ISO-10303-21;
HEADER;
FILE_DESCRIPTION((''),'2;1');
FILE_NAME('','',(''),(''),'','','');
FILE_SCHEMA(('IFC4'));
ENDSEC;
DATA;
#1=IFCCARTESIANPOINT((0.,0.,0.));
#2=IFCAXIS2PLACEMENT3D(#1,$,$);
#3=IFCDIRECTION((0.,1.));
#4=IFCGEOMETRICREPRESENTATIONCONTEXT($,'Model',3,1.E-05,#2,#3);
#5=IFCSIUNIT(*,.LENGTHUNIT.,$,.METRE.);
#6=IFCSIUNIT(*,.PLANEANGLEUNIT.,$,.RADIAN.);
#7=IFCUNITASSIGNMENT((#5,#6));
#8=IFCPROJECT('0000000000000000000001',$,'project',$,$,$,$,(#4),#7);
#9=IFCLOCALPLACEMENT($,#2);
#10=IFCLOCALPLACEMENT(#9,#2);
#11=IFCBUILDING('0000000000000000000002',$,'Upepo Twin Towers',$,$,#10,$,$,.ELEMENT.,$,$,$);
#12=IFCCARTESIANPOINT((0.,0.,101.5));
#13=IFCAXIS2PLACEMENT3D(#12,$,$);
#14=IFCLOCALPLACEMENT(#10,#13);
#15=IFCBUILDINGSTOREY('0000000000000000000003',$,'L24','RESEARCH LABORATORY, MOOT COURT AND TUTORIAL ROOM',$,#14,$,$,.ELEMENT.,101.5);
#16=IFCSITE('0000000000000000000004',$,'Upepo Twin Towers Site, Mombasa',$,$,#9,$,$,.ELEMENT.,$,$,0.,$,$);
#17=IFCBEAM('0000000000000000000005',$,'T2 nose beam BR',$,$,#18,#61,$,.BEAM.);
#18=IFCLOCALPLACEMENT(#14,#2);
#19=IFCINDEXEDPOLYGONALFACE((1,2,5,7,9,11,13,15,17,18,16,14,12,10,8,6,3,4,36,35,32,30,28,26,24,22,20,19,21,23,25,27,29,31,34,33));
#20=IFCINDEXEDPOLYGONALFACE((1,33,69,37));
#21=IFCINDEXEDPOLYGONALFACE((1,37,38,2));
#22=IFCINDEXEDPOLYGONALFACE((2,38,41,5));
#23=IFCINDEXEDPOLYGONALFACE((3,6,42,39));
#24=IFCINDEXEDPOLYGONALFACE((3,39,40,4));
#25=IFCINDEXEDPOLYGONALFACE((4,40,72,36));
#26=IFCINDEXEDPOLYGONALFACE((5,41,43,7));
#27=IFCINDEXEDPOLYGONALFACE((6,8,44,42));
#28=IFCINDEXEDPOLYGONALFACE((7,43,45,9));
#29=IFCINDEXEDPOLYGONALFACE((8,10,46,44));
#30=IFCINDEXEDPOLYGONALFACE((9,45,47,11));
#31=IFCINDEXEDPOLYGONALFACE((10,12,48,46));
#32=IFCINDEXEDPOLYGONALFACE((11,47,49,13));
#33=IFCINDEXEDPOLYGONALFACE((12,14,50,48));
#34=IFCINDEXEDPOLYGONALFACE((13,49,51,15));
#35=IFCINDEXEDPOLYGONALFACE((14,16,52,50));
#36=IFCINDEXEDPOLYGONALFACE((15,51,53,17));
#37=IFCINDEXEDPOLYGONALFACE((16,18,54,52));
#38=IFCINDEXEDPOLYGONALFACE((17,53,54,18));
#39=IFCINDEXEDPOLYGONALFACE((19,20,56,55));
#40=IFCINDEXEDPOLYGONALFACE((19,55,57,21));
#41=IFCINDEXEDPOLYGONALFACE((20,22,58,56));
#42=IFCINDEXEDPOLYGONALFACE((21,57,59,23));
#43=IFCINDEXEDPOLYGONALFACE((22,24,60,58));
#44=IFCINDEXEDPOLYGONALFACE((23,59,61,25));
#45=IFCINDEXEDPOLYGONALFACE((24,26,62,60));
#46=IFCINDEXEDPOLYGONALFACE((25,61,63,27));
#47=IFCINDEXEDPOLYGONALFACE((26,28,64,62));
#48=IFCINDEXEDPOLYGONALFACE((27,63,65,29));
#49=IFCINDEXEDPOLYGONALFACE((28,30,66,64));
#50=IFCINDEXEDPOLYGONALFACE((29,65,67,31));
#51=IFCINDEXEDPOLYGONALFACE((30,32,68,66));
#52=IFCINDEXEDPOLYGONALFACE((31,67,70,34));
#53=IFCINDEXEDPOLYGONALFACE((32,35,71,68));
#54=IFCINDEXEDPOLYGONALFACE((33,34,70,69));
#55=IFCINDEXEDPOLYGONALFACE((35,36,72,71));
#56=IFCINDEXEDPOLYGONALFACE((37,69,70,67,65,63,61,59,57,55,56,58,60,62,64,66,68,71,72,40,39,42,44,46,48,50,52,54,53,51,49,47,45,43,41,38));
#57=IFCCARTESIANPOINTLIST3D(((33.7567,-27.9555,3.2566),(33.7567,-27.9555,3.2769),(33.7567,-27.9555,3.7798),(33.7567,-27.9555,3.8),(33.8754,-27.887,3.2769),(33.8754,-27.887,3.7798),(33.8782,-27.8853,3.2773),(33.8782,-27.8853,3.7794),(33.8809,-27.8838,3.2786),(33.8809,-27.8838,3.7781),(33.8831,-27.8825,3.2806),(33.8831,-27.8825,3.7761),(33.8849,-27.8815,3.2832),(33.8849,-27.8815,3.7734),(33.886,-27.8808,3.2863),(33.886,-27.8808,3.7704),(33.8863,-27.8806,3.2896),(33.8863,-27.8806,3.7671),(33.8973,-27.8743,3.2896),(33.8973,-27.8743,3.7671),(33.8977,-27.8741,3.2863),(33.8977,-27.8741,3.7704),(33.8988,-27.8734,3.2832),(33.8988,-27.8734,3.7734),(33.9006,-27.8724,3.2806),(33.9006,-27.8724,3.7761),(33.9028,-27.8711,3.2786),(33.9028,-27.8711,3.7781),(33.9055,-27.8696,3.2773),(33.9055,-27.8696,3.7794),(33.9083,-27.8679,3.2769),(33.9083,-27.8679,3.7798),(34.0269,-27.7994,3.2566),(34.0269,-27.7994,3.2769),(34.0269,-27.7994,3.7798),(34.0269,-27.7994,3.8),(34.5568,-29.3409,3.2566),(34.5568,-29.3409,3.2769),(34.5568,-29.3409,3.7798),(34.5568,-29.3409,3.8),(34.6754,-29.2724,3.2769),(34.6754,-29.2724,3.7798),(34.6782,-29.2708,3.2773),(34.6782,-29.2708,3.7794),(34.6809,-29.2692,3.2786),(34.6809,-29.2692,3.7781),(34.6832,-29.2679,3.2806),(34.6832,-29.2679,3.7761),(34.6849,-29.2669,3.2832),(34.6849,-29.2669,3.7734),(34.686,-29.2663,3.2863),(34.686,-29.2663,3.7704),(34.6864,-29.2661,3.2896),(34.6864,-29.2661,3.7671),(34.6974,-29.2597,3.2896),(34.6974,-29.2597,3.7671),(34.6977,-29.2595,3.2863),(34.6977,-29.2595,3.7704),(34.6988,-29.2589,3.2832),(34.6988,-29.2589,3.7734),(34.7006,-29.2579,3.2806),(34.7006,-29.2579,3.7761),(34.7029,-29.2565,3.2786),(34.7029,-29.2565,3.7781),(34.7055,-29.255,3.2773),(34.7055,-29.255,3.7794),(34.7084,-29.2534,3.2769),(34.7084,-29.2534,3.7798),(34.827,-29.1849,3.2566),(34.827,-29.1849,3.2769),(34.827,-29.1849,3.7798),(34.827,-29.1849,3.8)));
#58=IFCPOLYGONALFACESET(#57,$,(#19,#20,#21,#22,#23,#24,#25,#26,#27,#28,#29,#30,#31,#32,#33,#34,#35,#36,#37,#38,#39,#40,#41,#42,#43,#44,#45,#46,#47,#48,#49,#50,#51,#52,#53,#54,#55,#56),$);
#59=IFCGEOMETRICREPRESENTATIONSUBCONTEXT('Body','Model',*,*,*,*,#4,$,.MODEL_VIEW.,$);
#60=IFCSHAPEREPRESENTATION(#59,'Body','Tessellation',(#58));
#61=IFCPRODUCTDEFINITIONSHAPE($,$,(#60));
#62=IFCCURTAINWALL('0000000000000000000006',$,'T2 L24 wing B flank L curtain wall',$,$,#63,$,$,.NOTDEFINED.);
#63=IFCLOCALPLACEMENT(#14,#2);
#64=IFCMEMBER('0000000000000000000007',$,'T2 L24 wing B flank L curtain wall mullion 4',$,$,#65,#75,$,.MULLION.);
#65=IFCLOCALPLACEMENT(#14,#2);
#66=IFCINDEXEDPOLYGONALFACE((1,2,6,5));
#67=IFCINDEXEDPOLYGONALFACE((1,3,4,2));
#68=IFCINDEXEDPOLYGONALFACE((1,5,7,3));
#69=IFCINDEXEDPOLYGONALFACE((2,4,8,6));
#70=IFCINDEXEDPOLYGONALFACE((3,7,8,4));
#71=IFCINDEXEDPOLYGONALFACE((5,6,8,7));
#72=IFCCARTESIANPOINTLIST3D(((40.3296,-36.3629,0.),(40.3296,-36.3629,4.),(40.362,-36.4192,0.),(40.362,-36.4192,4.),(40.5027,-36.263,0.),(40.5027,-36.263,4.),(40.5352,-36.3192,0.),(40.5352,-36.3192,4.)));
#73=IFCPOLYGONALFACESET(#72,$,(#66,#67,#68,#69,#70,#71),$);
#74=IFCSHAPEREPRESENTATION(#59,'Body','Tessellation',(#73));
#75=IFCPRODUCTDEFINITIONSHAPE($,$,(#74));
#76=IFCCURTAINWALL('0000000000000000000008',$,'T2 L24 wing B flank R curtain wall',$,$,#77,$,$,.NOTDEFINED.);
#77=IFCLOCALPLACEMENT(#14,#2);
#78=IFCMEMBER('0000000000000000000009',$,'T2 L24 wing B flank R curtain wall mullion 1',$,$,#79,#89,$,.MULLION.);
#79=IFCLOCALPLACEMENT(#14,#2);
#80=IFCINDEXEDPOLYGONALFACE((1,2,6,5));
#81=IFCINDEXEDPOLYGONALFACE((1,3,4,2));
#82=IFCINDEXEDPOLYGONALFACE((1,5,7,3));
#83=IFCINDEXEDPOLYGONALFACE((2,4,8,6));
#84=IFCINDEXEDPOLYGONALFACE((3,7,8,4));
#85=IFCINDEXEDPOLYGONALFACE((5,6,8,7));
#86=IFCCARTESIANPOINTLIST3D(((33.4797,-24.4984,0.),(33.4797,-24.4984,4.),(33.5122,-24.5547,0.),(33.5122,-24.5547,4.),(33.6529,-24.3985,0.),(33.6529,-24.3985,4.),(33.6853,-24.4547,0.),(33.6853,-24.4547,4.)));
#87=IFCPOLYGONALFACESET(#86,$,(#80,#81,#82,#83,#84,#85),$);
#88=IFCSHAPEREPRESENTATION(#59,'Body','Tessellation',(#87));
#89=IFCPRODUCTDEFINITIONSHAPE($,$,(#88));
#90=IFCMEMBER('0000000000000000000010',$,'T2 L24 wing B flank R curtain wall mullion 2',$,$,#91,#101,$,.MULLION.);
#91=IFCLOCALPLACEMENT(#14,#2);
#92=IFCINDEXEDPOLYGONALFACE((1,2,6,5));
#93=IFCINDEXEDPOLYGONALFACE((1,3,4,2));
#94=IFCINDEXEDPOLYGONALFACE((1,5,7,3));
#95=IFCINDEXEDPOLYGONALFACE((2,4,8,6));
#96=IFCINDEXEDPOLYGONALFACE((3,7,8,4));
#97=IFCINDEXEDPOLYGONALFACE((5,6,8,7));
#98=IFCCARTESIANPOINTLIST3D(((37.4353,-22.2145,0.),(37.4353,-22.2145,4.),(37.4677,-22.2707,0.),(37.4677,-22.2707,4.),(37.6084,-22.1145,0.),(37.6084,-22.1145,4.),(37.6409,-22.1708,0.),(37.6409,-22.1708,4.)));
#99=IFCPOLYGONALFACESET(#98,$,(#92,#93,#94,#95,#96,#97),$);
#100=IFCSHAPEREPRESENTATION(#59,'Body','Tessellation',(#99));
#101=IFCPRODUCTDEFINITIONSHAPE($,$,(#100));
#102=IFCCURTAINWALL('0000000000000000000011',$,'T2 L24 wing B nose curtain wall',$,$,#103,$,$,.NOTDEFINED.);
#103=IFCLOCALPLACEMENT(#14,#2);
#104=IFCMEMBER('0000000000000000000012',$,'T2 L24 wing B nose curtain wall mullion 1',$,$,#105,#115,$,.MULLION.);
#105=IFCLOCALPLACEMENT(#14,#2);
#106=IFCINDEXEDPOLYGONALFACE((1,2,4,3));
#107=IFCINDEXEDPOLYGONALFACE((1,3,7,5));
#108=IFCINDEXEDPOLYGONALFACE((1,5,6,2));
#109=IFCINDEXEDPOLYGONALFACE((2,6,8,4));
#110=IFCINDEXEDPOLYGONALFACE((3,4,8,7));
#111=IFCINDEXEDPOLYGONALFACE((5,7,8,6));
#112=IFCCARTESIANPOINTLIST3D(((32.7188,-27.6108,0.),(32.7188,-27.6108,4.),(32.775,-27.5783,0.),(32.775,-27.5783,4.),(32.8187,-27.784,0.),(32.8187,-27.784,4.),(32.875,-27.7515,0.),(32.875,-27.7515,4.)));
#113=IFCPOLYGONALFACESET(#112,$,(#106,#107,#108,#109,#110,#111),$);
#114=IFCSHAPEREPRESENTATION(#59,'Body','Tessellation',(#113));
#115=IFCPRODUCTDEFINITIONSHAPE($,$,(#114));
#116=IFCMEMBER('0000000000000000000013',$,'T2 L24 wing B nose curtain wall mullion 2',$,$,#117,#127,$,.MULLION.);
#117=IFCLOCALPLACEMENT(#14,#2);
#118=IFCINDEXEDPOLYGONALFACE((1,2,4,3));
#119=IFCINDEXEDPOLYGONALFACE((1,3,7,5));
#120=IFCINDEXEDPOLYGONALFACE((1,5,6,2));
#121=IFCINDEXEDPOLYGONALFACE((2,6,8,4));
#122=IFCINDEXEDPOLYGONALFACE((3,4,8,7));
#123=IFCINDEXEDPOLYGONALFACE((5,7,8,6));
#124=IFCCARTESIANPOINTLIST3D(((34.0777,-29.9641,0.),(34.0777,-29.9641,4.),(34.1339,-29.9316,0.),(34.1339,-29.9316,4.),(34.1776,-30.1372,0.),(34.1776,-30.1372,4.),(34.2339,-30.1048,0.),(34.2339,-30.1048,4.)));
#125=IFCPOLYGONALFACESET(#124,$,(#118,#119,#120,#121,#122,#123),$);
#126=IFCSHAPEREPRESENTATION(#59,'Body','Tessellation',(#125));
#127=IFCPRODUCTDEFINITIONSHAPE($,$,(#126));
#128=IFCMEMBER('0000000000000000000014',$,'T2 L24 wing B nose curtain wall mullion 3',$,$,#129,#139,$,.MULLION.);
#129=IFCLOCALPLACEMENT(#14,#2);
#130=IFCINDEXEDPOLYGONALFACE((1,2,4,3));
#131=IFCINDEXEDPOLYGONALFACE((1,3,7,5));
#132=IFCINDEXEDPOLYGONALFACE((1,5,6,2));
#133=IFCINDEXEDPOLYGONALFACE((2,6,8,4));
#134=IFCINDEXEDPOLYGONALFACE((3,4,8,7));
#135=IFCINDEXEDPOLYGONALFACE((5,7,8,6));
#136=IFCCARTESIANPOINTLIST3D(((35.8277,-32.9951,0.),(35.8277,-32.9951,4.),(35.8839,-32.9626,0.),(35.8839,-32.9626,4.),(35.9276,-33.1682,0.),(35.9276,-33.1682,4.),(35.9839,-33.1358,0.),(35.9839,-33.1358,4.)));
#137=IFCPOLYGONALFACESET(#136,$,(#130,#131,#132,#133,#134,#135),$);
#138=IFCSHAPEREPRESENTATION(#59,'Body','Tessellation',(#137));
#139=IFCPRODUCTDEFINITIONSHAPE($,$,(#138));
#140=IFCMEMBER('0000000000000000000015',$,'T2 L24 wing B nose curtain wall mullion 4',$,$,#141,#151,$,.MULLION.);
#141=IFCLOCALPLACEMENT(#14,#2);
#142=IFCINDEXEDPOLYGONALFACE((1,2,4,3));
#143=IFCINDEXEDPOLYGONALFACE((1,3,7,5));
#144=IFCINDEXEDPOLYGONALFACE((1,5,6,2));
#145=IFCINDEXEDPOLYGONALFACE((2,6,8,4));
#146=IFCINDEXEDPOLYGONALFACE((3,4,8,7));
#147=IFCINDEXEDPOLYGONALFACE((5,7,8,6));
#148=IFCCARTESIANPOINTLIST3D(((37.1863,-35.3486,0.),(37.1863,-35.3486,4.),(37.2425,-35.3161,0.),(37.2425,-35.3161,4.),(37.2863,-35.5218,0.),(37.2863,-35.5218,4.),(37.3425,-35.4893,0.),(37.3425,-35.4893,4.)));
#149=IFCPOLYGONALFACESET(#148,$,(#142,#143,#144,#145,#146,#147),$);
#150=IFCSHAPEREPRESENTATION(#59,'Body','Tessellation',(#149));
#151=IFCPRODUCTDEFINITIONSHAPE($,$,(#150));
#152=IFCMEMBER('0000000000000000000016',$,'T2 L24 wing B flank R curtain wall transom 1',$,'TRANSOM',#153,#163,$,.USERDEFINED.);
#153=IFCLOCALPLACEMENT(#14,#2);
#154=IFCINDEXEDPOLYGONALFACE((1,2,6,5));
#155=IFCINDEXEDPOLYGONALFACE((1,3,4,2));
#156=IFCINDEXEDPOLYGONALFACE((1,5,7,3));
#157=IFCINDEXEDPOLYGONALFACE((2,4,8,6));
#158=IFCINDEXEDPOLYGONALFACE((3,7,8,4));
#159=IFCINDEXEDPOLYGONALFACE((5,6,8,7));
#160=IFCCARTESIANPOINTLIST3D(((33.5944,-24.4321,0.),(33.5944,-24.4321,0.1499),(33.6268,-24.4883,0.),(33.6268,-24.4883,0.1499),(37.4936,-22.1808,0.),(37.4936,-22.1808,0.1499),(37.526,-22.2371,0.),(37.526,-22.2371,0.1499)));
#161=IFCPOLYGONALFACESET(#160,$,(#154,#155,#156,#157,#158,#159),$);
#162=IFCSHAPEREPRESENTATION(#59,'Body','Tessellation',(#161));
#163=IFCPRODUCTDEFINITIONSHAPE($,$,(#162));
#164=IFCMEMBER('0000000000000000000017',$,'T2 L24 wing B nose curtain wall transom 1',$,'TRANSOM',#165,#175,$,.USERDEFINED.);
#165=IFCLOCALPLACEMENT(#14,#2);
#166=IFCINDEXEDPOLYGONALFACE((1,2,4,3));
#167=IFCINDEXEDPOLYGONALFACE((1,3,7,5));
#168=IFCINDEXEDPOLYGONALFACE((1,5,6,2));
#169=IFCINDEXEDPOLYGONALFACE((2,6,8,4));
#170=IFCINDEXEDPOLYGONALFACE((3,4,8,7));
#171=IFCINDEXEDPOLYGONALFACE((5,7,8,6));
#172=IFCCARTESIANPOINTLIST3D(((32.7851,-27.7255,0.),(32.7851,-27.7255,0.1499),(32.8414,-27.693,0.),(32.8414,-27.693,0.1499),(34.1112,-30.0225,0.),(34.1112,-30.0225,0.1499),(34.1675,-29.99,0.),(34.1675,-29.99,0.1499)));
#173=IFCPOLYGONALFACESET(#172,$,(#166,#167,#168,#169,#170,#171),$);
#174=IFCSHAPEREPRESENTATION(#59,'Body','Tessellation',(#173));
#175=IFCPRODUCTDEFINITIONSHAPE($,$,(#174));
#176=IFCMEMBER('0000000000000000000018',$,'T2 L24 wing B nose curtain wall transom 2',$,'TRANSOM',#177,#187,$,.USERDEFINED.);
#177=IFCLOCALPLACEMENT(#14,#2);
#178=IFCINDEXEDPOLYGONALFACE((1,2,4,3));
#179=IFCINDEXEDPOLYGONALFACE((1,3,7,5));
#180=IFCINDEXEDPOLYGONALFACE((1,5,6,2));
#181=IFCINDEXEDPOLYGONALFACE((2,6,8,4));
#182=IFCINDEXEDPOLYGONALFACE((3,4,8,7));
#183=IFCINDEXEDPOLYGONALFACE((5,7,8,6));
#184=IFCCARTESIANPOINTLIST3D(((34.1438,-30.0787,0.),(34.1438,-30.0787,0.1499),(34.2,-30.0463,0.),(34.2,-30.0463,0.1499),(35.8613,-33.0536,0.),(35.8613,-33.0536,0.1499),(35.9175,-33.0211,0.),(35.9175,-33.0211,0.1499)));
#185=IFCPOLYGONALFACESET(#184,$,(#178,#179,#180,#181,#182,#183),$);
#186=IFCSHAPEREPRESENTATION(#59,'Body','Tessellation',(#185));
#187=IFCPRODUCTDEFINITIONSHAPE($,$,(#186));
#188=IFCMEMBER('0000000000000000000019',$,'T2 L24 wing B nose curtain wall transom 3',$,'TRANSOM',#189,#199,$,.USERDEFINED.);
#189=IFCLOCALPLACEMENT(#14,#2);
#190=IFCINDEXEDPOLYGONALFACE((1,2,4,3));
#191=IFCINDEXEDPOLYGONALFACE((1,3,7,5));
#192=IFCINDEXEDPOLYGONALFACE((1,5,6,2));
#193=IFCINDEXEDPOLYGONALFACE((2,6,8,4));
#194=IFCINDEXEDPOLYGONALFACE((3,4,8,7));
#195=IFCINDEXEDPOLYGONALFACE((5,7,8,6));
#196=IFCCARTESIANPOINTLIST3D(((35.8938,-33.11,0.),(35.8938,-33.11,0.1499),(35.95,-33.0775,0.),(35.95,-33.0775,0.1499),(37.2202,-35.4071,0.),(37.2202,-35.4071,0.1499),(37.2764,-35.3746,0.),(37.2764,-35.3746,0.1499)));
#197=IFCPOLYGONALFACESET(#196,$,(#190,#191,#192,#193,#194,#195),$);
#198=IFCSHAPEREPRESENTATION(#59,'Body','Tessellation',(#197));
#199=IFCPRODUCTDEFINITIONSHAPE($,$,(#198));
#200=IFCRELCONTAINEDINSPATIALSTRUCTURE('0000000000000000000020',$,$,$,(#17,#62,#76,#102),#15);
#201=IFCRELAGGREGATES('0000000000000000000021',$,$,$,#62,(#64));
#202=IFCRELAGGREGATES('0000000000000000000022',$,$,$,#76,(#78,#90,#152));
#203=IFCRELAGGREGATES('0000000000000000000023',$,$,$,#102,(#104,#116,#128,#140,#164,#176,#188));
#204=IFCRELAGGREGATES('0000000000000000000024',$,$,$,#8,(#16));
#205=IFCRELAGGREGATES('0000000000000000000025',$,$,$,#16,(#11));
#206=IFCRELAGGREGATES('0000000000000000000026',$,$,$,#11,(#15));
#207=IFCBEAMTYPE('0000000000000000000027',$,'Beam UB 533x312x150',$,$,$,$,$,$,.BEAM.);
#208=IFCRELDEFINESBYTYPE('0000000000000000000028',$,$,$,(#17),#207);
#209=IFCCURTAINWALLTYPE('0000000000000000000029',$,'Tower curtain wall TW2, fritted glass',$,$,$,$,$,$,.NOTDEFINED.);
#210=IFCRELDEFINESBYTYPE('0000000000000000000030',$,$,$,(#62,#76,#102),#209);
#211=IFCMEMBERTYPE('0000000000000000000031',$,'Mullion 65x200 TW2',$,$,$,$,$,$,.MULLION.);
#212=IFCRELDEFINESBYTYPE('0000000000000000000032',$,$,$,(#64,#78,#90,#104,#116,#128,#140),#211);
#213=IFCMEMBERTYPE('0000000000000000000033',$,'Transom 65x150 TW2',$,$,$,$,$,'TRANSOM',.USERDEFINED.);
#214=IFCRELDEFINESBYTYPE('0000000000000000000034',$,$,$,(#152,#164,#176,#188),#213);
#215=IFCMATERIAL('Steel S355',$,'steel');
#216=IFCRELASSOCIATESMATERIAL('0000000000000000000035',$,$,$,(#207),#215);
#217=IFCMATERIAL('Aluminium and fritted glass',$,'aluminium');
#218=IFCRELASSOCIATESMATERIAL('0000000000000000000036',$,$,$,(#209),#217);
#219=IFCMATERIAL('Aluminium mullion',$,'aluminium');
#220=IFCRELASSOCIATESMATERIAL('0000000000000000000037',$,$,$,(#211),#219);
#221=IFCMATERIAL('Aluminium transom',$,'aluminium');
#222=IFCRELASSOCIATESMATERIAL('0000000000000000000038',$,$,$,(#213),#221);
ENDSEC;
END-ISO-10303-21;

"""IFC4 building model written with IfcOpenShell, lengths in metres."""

from ifc_helpers import new_model, si_unit, direction, frame, origin, origin_2d, place, context, subcontext, project, spatial, rectangle, i_section, extrude, material, material_profile, profile_set, type_object, element, aggregate, save


model = new_model("IFC4")

# Units and contexts
model_context = context("Model", 3, precision=1e-05, world=origin(), true_north=direction((0.0, 1.0)))
body_context = subcontext(model_context, "Body", "Model", "MODEL_VIEW")
ifc_project = project(units=[si_unit("LENGTHUNIT", "METRE"), si_unit("PLANEANGLEUNIT", "RADIAN")], contexts=[model_context])

# Site, building, storey
site_placement = place(None, origin())
site = spatial("IfcSite", under=ifc_project, at=site_placement, Name="Upepo Twin Towers Site, Mombasa", CompositionType="ELEMENT", RefElevation=0.0)
building_placement = place(site_placement, origin())
building = spatial("IfcBuilding", under=site, at=building_placement, Name="Upepo Twin Towers", CompositionType="ELEMENT")
storey_placement = place(building_placement, frame((0.0, 0.0, 101.5)))
storey = spatial("IfcBuildingStorey", under=building, at=storey_placement, Name="L24", Description="RESEARCH LABORATORY, MOOT COURT AND TUTORIAL ROOM", CompositionType="ELEMENT", Elevation=101.5)

# Beam
ifc_material_1 = material(Name="Steel S355", Category="steel")
ifc_material_profile_1 = material_profile(ifc_material_1, i_section(OverallWidth=0.312, OverallDepth=0.5435, WebThickness=0.0127, FlangeThickness=0.0203, FilletRadius=0.0127, at=origin_2d()), Name="UB 533x312x150")
ifc_profile_set_1 = profile_set([ifc_material_profile_1], Name="Steel S355")
beam_type_1 = type_object("IfcBeamType", Name="Beam UB 533x312x150", PredefinedType="BEAM", material=ifc_profile_set_1)
for number, where, z_axis, x_axis, name in (
    (1, (33.8918, -27.8774, 3.5283), (0.500061, -0.86599, 0.0), (0.86599, 0.500061, 0.0), "T2 nose beam BR"),
):
    element("IfcBeam", number, at=place(storey_placement, frame(where, z_axis=z_axis, x_axis=x_axis)), inside=storey, type_object=beam_type_1, Name=name, PredefinedType="BEAM", context=body_context, shape_type="SweptSolid", body=[
        extrude(i_section(OverallWidth=0.312, OverallDepth=0.5435, WebThickness=0.0127, FlangeThickness=0.0203, FilletRadius=0.0127, at=origin_2d()), origin(), (0.0, 0.0, 1.0), 1.5999),
    ])

# Curtain wall, member
ifc_material_2 = material(Name="Aluminium and fritted glass", Category="aluminium")
curtain_wall_type = type_object("IfcCurtainWallType", Name="Tower curtain wall TW2, fritted glass", PredefinedType="NOTDEFINED", material=ifc_material_2)
curtain_wall_1_placement = place(storey_placement, origin())
curtain_wall_1 = element("IfcCurtainWall", 2, at=curtain_wall_1_placement, inside=storey, type_object=curtain_wall_type, Name="T2 L24 wing B flank L curtain wall", PredefinedType="NOTDEFINED")
ifc_material_3 = material(Name="Aluminium mullion", Category="aluminium")
ifc_material_profile_2 = material_profile(ifc_material_3, rectangle(XDim=0.0649, YDim=0.2, at=origin_2d()), Name="MULLION 65x200")
ifc_profile_set_2 = profile_set([ifc_material_profile_2], Name="Aluminium mullion")
member_type_1 = type_object("IfcMemberType", Name="Mullion 65x200 TW2", PredefinedType="MULLION", material=ifc_profile_set_2)
member_1_placement = place(storey_placement, frame((40.4324, -36.3411, 0.0), z_axis=(0.0, 0.0, 1.0), x_axis=(0.5, -0.866025, 0.0)))
member_1 = element("IfcMember", 3, at=member_1_placement, type_object=member_type_1, Name="T2 L24 wing B flank L curtain wall mullion 4", PredefinedType="MULLION", context=body_context, shape_type="SweptSolid", body=[
    extrude(rectangle(XDim=0.0649, YDim=0.2, at=origin_2d()), origin(), (0.0, 0.0, 1.0), 4.0),
])
aggregate(curtain_wall_1, [member_1])

# Curtain walls, members
curtain_wall_2_placement = place(storey_placement, origin())
curtain_wall_2 = element("IfcCurtainWall", 4, at=curtain_wall_2_placement, inside=storey, type_object=curtain_wall_type, Name="T2 L24 wing B flank R curtain wall", PredefinedType="NOTDEFINED")
member_2_placement = place(storey_placement, frame((33.5825, -24.4766, 0.0), z_axis=(0.0, 0.0, 1.0), x_axis=(-0.5, 0.866025, 0.0)))
member_2 = element("IfcMember", 5, at=member_2_placement, type_object=member_type_1, Name="T2 L24 wing B flank R curtain wall mullion 1", PredefinedType="MULLION", context=body_context, shape_type="SweptSolid", body=[
    extrude(rectangle(XDim=0.0649, YDim=0.2, at=origin_2d()), origin(), (0.0, 0.0, 1.0), 4.0),
])
member_3_placement = place(storey_placement, frame((37.5381, -22.1926, 0.0), z_axis=(0.0, 0.0, 1.0), x_axis=(-0.5, 0.866025, 0.0)))
member_3 = element("IfcMember", 6, at=member_3_placement, type_object=member_type_1, Name="T2 L24 wing B flank R curtain wall mullion 2", PredefinedType="MULLION", context=body_context, shape_type="SweptSolid", body=[
    extrude(rectangle(XDim=0.0649, YDim=0.2, at=origin_2d()), origin(), (0.0, 0.0, 1.0), 4.0),
])
curtain_wall_3_placement = place(storey_placement, origin())
curtain_wall_3 = element("IfcCurtainWall", 7, at=curtain_wall_3_placement, inside=storey, type_object=curtain_wall_type, Name="T2 L24 wing B nose curtain wall", PredefinedType="NOTDEFINED")
member_4_placement = place(storey_placement, frame((32.7969, -27.6812, 0.0), z_axis=(0.0, 0.0, 1.0), x_axis=(0.866025, 0.5, 0.0)))
member_4 = element("IfcMember", 8, at=member_4_placement, type_object=member_type_1, Name="T2 L24 wing B nose curtain wall mullion 1", PredefinedType="MULLION", context=body_context, shape_type="SweptSolid", body=[
    extrude(rectangle(XDim=0.0649, YDim=0.2, at=origin_2d()), origin(), (0.0, 0.0, 1.0), 4.0),
])
member_5_placement = place(storey_placement, frame((34.1558, -30.0344, 0.0), z_axis=(0.0, 0.0, 1.0), x_axis=(0.866025, 0.5, 0.0)))
member_5 = element("IfcMember", 9, at=member_5_placement, type_object=member_type_1, Name="T2 L24 wing B nose curtain wall mullion 2", PredefinedType="MULLION", context=body_context, shape_type="SweptSolid", body=[
    extrude(rectangle(XDim=0.0649, YDim=0.2, at=origin_2d()), origin(), (0.0, 0.0, 1.0), 4.0),
])
member_6_placement = place(storey_placement, frame((35.9058, -33.0654, 0.0), z_axis=(0.0, 0.0, 1.0), x_axis=(0.866025, 0.5, 0.0)))
member_6 = element("IfcMember", 10, at=member_6_placement, type_object=member_type_1, Name="T2 L24 wing B nose curtain wall mullion 3", PredefinedType="MULLION", context=body_context, shape_type="SweptSolid", body=[
    extrude(rectangle(XDim=0.0649, YDim=0.2, at=origin_2d()), origin(), (0.0, 0.0, 1.0), 4.0),
])
member_7_placement = place(storey_placement, frame((37.2644, -35.4189, 0.0), z_axis=(0.0, 0.0, 1.0), x_axis=(0.866025, 0.5, 0.0)))
member_7 = element("IfcMember", 11, at=member_7_placement, type_object=member_type_1, Name="T2 L24 wing B nose curtain wall mullion 4", PredefinedType="MULLION", context=body_context, shape_type="SweptSolid", body=[
    extrude(rectangle(XDim=0.0649, YDim=0.2, at=origin_2d()), origin(), (0.0, 0.0, 1.0), 4.0),
])

# Members
ifc_material_4 = material(Name="Aluminium transom", Category="aluminium")
ifc_material_profile_3 = material_profile(ifc_material_4, rectangle(XDim=0.0649, YDim=0.1499, at=origin_2d()), Name="TRANSOM 65x150")
ifc_profile_set_3 = profile_set([ifc_material_profile_3], Name="Aluminium transom")
member_type_2 = type_object("IfcMemberType", Name="Transom 65x150 TW2", ElementType="TRANSOM", PredefinedType="USERDEFINED", material=ifc_profile_set_3)
member_8_placement = place(storey_placement, frame((33.6106, -24.4602, 0.075), z_axis=(0.866022, 0.500006, 0.0), x_axis=(-0.500006, 0.866022, 0.0)))
member_8 = element("IfcMember", 12, at=member_8_placement, type_object=member_type_2, Name="T2 L24 wing B flank R curtain wall transom 1", ObjectType="TRANSOM", PredefinedType="USERDEFINED", context=body_context, shape_type="SweptSolid", body=[
    extrude(rectangle(XDim=0.0649, YDim=0.1499, at=origin_2d()), origin(), (0.0, 0.0, 1.0), 4.5024),
])
member_9_placement = place(storey_placement, frame((32.8132, -27.7092, 0.075), z_axis=(0.49998, -0.866037, 0.0), x_axis=(0.866037, 0.49998, 0.0)))
member_9 = element("IfcMember", 13, at=member_9_placement, type_object=member_type_2, Name="T2 L24 wing B nose curtain wall transom 1", ObjectType="TRANSOM", PredefinedType="USERDEFINED", context=body_context, shape_type="SweptSolid", body=[
    extrude(rectangle(XDim=0.0649, YDim=0.1499, at=origin_2d()), origin(), (0.0, 0.0, 1.0), 2.6523),
])
member_10_placement = place(storey_placement, frame((34.1719, -30.0625, 0.075), z_axis=(0.499999, -0.866026, 0.0), x_axis=(0.866026, 0.499999, 0.0)))
member_10 = element("IfcMember", 14, at=member_10_placement, type_object=member_type_2, Name="T2 L24 wing B nose curtain wall transom 2", ObjectType="TRANSOM", PredefinedType="USERDEFINED", context=body_context, shape_type="SweptSolid", body=[
    extrude(rectangle(XDim=0.0649, YDim=0.1499, at=origin_2d()), origin(), (0.0, 0.0, 1.0), 3.4351),
])
member_11_placement = place(storey_placement, frame((35.9219, -33.0938, 0.075), z_axis=(0.500049, -0.865997, 0.0), x_axis=(0.865997, 0.500049, 0.0)))
member_11 = element("IfcMember", 15, at=member_11_placement, type_object=member_type_2, Name="T2 L24 wing B nose curtain wall transom 3", ObjectType="TRANSOM", PredefinedType="USERDEFINED", context=body_context, shape_type="SweptSolid", body=[
    extrude(rectangle(XDim=0.0649, YDim=0.1499, at=origin_2d()), origin(), (0.0, 0.0, 1.0), 2.6526),
])

aggregate(curtain_wall_2, [member_2, member_3, member_8])
aggregate(curtain_wall_3, [member_4, member_5, member_6, member_7, member_9, member_10, member_11])

save(model, "model.ifc")
